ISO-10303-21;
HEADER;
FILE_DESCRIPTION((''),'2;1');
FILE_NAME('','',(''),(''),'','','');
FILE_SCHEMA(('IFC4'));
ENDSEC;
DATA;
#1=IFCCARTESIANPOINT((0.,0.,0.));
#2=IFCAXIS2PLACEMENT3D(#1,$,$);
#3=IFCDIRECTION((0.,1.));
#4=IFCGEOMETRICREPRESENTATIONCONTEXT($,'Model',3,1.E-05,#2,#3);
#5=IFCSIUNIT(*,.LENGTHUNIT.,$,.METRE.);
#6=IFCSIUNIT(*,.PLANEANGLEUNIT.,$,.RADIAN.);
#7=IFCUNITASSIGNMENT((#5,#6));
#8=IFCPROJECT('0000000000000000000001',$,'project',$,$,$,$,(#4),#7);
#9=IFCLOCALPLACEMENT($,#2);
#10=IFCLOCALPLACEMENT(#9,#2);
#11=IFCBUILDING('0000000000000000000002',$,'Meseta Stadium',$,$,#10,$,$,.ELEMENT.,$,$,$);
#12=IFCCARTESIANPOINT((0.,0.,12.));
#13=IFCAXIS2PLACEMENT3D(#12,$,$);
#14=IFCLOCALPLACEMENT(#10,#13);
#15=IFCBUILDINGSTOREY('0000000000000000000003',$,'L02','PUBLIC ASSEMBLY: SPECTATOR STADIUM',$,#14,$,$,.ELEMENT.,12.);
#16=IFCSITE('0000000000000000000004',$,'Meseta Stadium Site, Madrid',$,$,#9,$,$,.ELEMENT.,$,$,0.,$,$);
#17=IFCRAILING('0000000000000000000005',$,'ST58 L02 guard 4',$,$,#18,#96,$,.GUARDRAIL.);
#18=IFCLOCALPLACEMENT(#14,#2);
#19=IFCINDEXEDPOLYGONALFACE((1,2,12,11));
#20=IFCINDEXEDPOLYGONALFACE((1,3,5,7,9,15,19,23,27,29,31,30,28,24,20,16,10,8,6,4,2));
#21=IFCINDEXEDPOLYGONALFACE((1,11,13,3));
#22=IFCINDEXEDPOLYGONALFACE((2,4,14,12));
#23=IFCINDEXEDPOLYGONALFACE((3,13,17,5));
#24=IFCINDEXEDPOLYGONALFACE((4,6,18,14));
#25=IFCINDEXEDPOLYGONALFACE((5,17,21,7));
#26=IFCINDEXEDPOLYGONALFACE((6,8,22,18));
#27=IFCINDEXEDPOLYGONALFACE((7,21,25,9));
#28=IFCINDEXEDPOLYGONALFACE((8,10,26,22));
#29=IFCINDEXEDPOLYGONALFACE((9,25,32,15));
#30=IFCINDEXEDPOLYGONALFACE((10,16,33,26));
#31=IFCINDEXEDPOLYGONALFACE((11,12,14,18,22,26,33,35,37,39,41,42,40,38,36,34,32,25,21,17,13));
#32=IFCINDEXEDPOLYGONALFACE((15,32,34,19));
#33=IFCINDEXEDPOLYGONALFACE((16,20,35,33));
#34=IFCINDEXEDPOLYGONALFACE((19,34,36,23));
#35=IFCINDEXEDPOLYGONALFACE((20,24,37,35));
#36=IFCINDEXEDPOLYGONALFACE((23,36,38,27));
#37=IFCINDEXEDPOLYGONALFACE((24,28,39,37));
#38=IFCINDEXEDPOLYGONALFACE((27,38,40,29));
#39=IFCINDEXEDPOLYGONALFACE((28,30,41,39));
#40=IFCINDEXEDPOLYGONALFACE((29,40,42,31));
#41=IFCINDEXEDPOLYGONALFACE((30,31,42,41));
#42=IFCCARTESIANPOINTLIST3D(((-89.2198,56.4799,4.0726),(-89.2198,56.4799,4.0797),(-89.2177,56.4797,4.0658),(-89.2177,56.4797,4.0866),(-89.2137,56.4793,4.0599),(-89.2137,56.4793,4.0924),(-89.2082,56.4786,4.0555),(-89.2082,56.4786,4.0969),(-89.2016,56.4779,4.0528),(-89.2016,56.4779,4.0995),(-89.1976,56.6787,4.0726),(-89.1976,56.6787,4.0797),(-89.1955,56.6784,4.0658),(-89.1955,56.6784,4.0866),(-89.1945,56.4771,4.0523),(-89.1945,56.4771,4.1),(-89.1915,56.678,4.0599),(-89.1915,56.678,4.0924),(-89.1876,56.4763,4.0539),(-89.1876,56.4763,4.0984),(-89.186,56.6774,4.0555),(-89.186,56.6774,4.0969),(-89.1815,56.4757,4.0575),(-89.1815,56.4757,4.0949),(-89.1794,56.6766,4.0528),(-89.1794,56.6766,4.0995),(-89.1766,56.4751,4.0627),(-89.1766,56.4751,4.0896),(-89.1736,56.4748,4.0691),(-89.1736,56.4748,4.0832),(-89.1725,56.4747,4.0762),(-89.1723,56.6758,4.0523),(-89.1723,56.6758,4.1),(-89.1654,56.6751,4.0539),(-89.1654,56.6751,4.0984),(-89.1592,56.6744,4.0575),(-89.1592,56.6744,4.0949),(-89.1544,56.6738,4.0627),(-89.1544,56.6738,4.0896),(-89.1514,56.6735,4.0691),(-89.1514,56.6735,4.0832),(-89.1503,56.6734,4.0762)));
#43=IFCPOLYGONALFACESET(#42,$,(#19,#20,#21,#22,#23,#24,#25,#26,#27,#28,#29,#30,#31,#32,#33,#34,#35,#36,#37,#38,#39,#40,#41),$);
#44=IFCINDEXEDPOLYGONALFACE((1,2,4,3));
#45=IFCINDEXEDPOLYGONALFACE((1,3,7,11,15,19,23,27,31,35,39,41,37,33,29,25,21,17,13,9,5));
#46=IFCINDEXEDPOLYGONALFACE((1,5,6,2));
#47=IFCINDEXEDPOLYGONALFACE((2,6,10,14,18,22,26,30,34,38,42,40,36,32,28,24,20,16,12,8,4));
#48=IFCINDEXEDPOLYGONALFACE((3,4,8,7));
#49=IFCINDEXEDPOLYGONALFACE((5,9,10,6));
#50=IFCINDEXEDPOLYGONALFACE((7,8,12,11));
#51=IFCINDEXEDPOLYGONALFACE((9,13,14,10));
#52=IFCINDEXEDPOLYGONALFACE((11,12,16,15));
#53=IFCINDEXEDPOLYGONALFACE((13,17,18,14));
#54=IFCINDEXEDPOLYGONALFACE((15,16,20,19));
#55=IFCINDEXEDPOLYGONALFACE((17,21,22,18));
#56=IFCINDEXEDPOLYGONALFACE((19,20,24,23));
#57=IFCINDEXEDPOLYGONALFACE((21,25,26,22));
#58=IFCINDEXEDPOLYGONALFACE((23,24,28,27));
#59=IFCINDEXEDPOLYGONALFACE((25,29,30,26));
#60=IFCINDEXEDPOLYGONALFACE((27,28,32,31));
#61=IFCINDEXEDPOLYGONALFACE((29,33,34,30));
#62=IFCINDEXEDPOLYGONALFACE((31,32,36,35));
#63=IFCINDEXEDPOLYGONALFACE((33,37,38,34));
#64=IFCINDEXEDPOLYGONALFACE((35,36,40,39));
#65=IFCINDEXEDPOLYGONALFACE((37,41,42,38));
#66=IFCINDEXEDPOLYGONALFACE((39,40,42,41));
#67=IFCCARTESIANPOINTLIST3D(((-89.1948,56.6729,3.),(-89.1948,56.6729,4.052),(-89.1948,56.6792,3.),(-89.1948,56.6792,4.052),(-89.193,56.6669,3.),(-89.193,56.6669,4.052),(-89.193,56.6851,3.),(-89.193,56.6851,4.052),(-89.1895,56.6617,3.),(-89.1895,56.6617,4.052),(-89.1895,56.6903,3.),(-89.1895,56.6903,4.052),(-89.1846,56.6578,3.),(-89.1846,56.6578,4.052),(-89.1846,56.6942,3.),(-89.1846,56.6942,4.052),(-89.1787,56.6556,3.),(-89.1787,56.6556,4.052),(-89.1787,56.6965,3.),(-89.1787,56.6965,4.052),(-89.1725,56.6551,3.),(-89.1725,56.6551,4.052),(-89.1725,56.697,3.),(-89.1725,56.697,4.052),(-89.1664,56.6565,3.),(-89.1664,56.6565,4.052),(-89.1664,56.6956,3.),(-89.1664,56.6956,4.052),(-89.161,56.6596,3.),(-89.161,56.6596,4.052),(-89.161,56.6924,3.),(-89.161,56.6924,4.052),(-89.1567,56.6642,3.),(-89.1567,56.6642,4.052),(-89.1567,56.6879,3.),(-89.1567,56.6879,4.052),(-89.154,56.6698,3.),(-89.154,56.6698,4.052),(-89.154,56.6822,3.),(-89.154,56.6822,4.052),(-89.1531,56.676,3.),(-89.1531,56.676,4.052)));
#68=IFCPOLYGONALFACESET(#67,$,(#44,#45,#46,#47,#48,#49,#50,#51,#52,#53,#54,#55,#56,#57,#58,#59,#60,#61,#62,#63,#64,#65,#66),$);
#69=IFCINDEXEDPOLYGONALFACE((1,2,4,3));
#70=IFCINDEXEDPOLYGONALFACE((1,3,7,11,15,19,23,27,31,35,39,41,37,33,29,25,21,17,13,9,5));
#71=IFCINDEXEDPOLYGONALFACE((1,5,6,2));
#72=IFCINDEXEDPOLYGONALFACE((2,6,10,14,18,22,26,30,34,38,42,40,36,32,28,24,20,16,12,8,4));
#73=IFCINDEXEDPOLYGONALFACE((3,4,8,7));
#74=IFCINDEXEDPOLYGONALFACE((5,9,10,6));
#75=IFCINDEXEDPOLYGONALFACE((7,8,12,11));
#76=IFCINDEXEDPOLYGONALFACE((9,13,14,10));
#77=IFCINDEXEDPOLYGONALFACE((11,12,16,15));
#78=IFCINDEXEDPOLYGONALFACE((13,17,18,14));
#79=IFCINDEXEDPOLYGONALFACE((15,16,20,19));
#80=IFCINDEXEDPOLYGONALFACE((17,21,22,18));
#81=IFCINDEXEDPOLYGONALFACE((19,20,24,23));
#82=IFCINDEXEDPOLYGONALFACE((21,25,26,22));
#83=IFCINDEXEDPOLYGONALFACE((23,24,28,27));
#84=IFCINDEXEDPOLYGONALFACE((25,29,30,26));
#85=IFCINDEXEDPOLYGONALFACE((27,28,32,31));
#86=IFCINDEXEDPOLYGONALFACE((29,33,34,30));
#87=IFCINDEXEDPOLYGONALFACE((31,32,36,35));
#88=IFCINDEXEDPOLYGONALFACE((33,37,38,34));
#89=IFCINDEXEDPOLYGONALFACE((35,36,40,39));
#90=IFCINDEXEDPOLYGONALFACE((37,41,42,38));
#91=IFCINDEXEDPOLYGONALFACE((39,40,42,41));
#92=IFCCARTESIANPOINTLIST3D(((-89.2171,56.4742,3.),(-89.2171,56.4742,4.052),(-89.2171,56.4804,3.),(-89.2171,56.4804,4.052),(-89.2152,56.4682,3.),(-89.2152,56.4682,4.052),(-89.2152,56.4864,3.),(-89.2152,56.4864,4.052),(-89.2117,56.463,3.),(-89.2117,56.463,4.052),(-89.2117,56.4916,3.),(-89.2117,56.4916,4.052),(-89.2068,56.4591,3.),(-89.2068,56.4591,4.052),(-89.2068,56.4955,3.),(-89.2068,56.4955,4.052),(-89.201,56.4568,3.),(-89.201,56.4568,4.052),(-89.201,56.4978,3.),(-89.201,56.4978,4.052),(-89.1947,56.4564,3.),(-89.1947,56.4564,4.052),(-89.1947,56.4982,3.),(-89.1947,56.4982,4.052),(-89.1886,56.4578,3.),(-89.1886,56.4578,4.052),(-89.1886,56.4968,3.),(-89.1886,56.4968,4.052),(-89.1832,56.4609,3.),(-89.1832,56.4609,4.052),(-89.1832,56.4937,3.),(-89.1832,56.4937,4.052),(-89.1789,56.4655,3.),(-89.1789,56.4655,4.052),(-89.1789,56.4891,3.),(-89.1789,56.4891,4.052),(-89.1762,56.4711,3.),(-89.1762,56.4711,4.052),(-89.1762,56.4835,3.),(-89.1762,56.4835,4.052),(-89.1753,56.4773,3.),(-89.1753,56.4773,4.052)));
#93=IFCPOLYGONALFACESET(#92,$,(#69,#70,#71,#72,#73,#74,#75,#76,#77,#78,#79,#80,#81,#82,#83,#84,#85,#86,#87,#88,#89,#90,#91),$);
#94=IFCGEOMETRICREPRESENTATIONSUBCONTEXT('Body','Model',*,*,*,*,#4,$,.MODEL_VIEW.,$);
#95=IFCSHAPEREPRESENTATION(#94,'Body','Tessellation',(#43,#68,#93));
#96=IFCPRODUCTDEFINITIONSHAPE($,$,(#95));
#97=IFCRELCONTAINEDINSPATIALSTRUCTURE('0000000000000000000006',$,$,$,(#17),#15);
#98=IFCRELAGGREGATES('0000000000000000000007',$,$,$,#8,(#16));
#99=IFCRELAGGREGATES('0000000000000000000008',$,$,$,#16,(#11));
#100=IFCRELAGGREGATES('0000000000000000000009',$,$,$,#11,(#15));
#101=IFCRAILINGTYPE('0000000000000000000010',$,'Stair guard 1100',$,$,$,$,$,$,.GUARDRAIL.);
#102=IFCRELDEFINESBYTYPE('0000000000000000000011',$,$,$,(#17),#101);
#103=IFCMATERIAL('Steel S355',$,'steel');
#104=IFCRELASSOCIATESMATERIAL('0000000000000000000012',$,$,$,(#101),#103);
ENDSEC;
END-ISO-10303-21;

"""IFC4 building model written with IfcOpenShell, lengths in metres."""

from ifc_helpers import new_model, si_unit, direction, frame, origin, origin_2d, place, context, subcontext, project, spatial, circle, extrude, material, type_object, element, save


model = new_model("IFC4")

# Units and contexts
model_context = context("Model", 3, precision=1e-05, world=origin(), true_north=direction((0.0, 1.0)))
body_context = subcontext(model_context, "Body", "Model", "MODEL_VIEW")
ifc_project = project(units=[si_unit("LENGTHUNIT", "METRE"), si_unit("PLANEANGLEUNIT", "RADIAN")], contexts=[model_context])

# Site, building, storey
site_placement = place(None, origin())
site = spatial("IfcSite", under=ifc_project, at=site_placement, Name="Meseta Stadium Site, Madrid", CompositionType="ELEMENT", RefElevation=0.0)
building_placement = place(site_placement, origin())
building = spatial("IfcBuilding", under=site, at=building_placement, Name="Meseta Stadium", CompositionType="ELEMENT")
storey_placement = place(building_placement, frame((0.0, 0.0, 12.0)))
storey = spatial("IfcBuildingStorey", under=building, at=storey_placement, Name="L02", Description="PUBLIC ASSEMBLY: SPECTATOR STADIUM", CompositionType="ELEMENT", Elevation=12.0)

# Railing
ifc_material_1 = material(Name="Steel S355", Category="steel")
railing_type_1 = type_object("IfcRailingType", Name="Stair guard 1100", PredefinedType="GUARDRAIL", material=ifc_material_1)
railing_1_placement = place(storey_placement, frame((-89.1741, 56.676, 3.0)))
element("IfcRailing", 1, at=railing_1_placement, inside=storey, type_object=railing_type_1, Name="ST58 L02 guard 4", PredefinedType="GUARDRAIL", context=body_context, shape_type="SweptSolid", body=[
    extrude(circle(Radius=0.0239, at=origin_2d()), frame((0.0, 0.0, 1.0762), z_axis=(-0.111102, -0.993809, 0.0), x_axis=(0.993809, -0.111102, 0.0)), (0.0, 0.0, 1.0), 0.2),
    extrude(circle(Radius=0.021, at=origin_2d()), origin(), (0.0, 0.0, 1.0), 1.052),
    extrude(circle(Radius=0.021, at=origin_2d()), frame((-0.0222, -0.1987, 0.0)), (0.0, 0.0, 1.0), 1.052),
])

save(model, "model.ifc")
